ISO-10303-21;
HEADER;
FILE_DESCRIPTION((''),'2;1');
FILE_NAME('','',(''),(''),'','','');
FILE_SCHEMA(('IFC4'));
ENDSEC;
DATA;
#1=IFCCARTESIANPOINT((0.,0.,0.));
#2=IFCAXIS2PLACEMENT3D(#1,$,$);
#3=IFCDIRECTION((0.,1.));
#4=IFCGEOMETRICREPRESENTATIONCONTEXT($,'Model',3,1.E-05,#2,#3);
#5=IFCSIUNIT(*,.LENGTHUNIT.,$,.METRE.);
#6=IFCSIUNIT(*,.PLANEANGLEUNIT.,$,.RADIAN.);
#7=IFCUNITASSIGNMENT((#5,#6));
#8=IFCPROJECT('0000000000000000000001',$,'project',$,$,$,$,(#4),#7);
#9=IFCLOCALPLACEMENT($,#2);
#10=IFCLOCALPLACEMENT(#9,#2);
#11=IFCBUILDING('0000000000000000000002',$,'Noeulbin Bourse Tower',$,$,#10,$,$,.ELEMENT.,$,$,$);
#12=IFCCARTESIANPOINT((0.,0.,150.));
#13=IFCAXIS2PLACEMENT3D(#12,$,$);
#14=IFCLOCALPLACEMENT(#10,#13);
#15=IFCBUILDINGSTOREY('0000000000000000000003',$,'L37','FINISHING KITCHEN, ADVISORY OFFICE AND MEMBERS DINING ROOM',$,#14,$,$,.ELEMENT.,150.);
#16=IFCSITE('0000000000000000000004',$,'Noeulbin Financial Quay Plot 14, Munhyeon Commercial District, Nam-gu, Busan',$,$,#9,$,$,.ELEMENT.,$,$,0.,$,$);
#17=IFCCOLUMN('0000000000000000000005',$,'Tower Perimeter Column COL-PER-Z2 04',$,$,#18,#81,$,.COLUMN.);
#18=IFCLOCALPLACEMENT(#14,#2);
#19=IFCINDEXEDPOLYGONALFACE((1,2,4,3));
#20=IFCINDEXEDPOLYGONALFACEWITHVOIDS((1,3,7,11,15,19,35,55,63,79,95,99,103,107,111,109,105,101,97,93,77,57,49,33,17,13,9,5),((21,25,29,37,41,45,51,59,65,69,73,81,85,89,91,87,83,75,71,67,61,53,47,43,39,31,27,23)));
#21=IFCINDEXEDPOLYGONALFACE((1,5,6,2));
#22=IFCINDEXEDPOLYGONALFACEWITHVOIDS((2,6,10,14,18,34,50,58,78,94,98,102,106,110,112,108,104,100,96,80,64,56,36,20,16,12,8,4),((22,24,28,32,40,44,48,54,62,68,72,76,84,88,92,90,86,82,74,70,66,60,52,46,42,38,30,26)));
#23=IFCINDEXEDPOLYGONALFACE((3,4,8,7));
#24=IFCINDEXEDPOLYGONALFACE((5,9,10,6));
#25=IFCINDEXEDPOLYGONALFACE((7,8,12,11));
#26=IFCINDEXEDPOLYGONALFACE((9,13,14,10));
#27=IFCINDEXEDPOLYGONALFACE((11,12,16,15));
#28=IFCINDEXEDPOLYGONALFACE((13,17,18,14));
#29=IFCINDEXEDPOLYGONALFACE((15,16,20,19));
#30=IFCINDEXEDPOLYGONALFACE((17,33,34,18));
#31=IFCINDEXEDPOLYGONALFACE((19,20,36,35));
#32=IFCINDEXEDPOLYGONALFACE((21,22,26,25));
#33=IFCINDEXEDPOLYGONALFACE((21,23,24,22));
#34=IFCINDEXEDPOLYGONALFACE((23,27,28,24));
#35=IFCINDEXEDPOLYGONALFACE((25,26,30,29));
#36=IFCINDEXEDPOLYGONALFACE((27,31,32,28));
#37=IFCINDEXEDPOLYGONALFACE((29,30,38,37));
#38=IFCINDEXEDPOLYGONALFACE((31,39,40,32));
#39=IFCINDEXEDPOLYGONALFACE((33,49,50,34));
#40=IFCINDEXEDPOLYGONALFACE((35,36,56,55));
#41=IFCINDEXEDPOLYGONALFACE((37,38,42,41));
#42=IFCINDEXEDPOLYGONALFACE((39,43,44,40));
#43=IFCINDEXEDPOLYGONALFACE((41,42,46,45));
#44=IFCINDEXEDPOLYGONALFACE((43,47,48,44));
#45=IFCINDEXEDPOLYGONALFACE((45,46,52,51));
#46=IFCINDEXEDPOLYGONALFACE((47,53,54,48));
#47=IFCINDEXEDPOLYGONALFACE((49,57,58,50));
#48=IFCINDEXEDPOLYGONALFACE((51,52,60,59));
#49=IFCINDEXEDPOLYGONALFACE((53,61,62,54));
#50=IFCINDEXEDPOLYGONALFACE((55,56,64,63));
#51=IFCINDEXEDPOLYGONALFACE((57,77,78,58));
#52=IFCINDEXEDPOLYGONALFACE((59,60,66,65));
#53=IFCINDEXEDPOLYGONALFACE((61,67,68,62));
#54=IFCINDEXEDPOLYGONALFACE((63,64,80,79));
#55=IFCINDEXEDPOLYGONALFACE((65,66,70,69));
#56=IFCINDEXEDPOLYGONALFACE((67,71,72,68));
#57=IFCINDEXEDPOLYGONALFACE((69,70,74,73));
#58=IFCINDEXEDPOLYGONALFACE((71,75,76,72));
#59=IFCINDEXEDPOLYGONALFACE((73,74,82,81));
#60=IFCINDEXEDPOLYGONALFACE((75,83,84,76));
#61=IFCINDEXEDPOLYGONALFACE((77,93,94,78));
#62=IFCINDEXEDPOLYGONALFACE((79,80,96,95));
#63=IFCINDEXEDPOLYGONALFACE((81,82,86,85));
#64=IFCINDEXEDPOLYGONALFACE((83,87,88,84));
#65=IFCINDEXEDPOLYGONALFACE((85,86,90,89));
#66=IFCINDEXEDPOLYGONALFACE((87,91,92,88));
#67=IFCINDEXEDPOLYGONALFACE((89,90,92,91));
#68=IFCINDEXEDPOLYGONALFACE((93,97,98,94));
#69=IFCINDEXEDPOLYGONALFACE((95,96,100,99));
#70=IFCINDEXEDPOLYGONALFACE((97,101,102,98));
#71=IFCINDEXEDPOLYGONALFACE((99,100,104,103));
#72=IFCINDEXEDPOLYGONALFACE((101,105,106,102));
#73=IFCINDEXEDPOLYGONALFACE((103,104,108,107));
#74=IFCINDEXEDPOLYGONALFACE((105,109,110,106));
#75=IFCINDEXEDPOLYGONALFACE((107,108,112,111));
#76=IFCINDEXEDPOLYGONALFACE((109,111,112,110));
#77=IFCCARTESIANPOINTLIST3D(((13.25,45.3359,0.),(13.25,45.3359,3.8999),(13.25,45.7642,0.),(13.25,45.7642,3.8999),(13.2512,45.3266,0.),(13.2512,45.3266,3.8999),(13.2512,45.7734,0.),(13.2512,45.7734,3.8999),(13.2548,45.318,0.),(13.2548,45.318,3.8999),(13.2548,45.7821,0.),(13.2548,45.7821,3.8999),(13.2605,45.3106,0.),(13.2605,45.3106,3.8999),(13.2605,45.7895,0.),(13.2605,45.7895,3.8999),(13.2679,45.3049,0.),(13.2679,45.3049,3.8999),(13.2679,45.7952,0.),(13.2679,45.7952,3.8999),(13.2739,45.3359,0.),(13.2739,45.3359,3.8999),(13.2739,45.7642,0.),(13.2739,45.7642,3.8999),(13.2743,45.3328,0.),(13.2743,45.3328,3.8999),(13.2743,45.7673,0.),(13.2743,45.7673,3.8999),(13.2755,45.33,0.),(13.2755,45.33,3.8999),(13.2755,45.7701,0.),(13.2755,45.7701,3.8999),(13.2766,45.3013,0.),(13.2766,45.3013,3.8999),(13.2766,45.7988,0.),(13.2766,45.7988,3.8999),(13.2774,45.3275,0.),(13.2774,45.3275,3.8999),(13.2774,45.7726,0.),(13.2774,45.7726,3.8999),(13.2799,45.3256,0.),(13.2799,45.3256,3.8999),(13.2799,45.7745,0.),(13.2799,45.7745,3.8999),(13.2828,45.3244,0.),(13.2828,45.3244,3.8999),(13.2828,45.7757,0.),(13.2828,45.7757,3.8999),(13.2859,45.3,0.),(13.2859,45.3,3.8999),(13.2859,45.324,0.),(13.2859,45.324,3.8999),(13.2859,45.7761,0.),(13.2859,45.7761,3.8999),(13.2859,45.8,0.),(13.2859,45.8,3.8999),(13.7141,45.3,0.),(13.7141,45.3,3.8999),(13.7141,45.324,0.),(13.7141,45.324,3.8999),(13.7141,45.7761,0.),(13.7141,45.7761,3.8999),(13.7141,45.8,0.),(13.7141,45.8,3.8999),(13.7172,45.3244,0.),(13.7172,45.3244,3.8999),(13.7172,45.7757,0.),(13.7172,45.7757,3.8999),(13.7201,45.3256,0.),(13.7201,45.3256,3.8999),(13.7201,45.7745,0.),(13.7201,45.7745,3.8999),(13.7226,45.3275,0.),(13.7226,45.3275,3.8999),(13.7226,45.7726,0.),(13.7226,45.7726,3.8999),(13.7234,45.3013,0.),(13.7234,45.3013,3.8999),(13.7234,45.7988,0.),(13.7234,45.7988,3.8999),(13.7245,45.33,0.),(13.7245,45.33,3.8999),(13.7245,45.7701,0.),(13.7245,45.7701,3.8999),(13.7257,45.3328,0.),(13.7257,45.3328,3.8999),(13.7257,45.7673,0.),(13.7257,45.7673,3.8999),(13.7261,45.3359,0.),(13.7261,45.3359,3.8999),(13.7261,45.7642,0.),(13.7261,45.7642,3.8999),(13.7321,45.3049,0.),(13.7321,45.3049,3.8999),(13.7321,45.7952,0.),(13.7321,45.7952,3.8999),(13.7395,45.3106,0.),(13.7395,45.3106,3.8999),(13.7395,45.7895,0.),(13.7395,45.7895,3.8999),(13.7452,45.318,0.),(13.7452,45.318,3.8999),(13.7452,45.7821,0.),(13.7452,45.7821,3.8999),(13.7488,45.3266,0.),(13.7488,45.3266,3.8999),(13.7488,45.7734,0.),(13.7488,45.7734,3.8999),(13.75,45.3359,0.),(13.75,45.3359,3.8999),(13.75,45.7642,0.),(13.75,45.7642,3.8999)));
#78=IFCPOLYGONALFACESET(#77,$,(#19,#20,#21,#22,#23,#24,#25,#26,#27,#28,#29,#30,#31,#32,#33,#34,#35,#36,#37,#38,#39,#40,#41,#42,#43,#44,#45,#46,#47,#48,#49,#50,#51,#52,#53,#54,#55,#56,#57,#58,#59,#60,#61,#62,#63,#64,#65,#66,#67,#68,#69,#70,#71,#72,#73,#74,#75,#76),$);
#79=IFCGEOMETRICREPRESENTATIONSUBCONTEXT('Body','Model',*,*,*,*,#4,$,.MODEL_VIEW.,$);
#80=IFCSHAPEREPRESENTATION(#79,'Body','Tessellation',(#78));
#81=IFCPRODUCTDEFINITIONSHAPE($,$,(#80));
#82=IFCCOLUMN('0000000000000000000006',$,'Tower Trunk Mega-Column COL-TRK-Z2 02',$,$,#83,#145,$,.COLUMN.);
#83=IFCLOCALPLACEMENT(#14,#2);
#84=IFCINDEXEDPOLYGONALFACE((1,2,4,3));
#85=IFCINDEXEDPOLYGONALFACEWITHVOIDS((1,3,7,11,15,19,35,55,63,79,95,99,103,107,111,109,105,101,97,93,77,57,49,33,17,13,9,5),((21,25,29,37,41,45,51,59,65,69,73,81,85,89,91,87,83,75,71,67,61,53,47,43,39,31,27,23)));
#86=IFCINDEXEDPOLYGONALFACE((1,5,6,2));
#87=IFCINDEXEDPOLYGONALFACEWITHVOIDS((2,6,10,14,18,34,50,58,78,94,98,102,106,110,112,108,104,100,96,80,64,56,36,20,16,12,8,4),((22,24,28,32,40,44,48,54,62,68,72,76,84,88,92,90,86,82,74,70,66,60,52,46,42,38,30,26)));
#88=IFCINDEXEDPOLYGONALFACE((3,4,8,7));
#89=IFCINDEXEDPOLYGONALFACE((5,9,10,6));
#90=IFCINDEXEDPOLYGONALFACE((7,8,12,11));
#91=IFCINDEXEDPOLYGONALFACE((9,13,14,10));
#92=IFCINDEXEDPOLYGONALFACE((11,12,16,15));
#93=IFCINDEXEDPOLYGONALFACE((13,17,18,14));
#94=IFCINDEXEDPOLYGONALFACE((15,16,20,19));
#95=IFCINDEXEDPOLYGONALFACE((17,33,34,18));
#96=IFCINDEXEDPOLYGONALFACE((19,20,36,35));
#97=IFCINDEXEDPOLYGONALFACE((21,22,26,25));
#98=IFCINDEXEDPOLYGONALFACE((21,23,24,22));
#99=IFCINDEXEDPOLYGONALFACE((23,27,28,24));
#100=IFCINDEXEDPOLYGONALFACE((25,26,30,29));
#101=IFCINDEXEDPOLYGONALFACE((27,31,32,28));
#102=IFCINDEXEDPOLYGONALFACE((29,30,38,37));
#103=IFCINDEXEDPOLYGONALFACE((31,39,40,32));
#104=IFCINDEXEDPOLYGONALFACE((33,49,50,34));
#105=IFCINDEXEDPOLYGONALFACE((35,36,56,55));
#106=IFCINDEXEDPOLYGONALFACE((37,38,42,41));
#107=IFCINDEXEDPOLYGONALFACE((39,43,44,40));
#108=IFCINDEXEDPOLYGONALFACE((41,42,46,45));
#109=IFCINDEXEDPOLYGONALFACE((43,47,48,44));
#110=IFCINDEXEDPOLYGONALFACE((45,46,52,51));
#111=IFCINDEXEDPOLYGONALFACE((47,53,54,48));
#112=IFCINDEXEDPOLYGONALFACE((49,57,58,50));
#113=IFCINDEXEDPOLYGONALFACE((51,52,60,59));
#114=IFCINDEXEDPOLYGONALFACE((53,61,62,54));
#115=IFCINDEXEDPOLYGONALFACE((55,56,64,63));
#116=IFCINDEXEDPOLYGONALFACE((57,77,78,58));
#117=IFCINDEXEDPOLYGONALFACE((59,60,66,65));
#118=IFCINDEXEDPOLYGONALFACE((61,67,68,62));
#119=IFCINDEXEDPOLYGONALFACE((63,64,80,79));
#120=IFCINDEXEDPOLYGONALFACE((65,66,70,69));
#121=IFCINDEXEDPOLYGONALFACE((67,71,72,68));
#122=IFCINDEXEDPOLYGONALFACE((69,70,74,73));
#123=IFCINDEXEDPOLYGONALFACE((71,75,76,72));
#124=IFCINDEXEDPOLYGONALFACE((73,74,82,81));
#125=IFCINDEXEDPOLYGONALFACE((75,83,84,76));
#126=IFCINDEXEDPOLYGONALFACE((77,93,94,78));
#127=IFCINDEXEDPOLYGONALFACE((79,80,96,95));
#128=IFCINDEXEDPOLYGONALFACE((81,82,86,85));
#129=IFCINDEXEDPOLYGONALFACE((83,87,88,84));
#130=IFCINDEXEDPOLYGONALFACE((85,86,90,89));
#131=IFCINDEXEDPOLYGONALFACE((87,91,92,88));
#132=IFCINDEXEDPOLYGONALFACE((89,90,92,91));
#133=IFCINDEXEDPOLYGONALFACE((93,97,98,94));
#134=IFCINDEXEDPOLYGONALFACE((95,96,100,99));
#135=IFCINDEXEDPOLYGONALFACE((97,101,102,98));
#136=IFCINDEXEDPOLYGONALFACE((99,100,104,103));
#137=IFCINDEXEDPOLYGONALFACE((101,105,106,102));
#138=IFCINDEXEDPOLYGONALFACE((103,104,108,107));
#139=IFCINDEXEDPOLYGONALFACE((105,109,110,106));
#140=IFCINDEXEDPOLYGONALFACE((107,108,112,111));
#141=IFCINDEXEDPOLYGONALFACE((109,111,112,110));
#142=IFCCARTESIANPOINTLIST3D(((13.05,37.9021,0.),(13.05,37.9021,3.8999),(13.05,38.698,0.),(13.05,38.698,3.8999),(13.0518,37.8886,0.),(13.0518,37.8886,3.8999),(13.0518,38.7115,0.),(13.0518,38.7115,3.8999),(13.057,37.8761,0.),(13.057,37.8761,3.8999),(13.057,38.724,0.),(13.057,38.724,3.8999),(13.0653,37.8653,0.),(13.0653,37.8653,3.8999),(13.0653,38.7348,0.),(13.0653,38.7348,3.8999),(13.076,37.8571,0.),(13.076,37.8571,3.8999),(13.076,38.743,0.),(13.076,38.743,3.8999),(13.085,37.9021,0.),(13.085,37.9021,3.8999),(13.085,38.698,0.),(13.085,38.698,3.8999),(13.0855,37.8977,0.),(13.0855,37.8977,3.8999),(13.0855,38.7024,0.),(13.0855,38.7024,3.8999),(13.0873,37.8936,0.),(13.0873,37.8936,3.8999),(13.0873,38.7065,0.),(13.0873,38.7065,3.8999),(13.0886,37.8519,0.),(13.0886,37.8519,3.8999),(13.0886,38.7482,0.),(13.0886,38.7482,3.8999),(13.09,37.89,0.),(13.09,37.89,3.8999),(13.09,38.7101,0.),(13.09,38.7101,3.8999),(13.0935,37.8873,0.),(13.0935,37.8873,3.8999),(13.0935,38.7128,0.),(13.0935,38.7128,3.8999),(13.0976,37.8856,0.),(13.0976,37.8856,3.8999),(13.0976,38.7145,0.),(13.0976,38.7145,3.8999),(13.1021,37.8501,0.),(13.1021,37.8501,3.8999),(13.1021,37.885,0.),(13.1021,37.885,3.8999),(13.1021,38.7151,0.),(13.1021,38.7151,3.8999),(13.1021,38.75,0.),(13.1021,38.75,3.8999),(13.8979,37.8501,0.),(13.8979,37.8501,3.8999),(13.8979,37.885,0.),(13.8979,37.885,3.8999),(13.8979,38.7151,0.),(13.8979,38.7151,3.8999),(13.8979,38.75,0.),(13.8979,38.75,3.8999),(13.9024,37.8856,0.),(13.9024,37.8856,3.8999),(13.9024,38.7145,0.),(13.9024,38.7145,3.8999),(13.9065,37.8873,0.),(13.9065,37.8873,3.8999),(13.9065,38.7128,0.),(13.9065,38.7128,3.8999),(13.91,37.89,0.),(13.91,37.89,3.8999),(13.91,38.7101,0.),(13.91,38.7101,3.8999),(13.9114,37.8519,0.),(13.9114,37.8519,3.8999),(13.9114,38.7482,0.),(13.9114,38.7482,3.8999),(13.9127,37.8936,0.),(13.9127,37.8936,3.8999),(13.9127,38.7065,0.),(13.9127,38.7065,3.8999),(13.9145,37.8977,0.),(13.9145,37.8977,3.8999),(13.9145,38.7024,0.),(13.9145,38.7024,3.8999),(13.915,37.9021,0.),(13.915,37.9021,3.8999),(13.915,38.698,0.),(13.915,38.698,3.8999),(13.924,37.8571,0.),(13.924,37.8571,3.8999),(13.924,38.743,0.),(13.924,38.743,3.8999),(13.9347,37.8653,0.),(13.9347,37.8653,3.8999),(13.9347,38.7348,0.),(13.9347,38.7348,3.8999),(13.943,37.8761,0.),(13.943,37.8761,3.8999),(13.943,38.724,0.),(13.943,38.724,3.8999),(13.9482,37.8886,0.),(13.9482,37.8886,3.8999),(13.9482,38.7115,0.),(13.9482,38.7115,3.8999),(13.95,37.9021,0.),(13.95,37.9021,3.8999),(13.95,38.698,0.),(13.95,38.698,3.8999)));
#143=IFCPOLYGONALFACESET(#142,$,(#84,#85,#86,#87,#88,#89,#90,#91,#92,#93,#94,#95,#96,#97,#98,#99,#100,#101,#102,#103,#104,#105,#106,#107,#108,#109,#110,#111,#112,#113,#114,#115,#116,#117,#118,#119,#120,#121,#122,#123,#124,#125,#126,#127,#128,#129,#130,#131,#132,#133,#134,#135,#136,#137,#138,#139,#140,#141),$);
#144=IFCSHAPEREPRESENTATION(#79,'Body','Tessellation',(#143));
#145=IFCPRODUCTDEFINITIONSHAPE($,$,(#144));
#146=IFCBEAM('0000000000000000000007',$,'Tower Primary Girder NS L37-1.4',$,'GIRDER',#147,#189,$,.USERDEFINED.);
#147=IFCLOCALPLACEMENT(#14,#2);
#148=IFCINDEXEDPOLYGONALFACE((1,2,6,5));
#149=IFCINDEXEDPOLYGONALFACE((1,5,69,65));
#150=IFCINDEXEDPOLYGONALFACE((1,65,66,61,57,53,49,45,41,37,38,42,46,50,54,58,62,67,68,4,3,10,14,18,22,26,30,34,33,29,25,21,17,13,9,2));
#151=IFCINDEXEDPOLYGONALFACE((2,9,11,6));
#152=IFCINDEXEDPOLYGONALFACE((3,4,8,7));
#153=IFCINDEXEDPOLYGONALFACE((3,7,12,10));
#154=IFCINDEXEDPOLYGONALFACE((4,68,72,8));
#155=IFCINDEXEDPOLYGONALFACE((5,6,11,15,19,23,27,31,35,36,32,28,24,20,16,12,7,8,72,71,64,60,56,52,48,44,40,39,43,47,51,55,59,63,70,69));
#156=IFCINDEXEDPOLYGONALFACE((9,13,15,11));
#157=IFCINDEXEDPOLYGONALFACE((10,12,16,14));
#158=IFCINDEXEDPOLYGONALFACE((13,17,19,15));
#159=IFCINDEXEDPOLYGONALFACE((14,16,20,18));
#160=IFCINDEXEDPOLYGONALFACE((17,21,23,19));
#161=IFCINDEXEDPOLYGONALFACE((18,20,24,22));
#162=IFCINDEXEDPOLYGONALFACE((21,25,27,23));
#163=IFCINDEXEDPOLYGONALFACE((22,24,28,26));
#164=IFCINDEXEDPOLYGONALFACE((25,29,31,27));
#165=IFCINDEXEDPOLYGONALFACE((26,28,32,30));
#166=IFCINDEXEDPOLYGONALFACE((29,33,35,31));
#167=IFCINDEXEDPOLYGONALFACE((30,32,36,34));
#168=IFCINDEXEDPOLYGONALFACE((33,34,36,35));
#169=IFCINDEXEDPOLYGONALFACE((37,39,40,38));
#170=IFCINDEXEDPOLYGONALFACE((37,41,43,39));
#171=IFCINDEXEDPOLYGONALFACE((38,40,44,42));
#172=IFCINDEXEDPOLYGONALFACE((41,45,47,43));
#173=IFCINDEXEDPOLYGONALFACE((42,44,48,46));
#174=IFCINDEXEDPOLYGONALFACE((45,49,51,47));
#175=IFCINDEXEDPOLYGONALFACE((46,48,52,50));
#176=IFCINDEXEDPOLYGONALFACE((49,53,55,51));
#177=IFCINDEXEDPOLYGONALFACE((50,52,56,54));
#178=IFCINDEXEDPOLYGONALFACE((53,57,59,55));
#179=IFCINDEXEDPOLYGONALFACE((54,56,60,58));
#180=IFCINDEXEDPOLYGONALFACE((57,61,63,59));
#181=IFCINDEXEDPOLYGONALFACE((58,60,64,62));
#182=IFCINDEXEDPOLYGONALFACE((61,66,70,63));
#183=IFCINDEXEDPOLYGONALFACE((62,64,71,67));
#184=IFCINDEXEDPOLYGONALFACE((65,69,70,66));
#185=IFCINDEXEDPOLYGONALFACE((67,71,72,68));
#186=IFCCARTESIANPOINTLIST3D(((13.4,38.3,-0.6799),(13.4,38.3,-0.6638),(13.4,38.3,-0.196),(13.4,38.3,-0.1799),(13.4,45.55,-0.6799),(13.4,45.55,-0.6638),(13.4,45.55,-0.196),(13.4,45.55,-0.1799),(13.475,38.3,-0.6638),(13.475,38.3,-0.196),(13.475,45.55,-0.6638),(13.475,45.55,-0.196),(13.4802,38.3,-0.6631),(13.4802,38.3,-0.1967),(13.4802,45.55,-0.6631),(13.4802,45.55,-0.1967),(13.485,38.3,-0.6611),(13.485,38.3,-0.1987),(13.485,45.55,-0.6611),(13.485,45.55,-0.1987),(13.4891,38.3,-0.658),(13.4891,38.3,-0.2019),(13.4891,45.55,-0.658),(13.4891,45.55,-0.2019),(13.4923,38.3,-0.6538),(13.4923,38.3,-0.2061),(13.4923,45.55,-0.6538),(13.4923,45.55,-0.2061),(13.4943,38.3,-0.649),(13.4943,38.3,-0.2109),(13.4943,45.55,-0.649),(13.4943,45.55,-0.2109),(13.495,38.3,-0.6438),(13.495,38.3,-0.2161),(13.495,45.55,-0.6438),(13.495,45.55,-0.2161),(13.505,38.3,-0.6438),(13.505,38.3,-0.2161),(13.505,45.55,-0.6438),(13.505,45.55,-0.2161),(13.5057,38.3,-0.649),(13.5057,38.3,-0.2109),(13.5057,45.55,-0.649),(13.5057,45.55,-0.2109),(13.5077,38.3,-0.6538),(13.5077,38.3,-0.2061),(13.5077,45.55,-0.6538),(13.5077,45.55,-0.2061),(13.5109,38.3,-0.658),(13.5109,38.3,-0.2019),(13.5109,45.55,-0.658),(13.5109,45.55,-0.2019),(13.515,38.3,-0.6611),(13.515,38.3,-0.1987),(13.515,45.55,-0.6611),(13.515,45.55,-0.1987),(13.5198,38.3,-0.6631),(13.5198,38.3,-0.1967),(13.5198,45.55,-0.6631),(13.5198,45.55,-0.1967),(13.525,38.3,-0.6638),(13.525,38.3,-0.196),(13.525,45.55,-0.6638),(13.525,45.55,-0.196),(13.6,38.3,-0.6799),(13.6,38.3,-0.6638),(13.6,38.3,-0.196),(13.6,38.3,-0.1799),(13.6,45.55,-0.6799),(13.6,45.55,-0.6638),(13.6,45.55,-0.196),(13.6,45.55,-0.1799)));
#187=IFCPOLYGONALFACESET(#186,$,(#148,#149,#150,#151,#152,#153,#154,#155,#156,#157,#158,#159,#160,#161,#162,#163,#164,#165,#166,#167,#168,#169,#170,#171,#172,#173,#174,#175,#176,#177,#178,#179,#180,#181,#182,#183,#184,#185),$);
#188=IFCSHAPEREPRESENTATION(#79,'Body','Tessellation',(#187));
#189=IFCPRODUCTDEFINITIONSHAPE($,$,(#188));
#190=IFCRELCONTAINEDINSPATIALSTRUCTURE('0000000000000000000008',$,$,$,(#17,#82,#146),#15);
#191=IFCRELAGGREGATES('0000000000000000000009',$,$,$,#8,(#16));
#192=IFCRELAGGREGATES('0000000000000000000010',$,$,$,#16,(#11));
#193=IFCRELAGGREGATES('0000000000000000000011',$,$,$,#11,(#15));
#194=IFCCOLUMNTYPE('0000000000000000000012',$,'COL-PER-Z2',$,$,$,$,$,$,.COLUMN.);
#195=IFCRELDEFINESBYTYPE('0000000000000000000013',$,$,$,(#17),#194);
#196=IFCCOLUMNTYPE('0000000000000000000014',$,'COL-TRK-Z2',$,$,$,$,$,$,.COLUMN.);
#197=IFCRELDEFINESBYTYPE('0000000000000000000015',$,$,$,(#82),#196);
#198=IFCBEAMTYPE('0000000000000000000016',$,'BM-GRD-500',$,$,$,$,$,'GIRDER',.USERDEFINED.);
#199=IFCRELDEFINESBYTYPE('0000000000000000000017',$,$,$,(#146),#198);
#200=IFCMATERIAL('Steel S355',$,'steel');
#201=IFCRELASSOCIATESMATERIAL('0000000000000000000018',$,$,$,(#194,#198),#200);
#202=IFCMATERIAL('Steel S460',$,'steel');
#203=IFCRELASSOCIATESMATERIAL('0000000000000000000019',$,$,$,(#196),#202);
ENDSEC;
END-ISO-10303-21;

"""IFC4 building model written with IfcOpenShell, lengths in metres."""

from ifc_helpers import new_model, si_unit, direction, frame, origin, origin_2d, place, context, subcontext, project, spatial, hollow_rectangle, i_section, extrude, material, material_profile, profile_set, type_object, element, save


model = new_model("IFC4")

# Units and contexts
model_context = context("Model", 3, precision=1e-05, world=origin(), true_north=direction((0.0, 1.0)))
body_context = subcontext(model_context, "Body", "Model", "MODEL_VIEW")
ifc_project = project(units=[si_unit("LENGTHUNIT", "METRE"), si_unit("PLANEANGLEUNIT", "RADIAN")], contexts=[model_context])

# Site, building, storey
site_placement = place(None, origin())
site = spatial("IfcSite", under=ifc_project, at=site_placement, Name="Noeulbin Financial Quay Plot 14, Munhyeon Commercial District, Nam-gu, Busan", CompositionType="ELEMENT", RefElevation=0.0)
building_placement = place(site_placement, origin())
building = spatial("IfcBuilding", under=site, at=building_placement, Name="Noeulbin Bourse Tower", CompositionType="ELEMENT")
storey_placement = place(building_placement, frame((0.0, 0.0, 150.0)))
storey = spatial("IfcBuildingStorey", under=building, at=storey_placement, Name="L37", Description="FINISHING KITCHEN, ADVISORY OFFICE AND MEMBERS DINING ROOM", CompositionType="ELEMENT", Elevation=150.0)

# Columns
ifc_material_1 = material(Name="Steel S355", Category="steel")
ifc_material_profile_1 = material_profile(ifc_material_1, hollow_rectangle(XDim=0.5, YDim=0.5, WallThickness=0.0239, InnerFilletRadius=0.012, OuterFilletRadius=0.0359, at=origin_2d()), Name="BOX-500x500x24", Category="LoadBearing")
ifc_profile_set_1 = profile_set([ifc_material_profile_1], Name="Steel S355")
column_type_1 = type_object("IfcColumnType", Name="COL-PER-Z2", PredefinedType="COLUMN", material=ifc_profile_set_1)
column_1_placement = place(storey_placement, frame((13.5, 45.55, 0.0), z_axis=(0.0, 0.0, 1.0), x_axis=(1.0, 0.0, 0.0)))
element("IfcColumn", 1, at=column_1_placement, inside=storey, type_object=column_type_1, Name="Tower Perimeter Column COL-PER-Z2 04", PredefinedType="COLUMN", context=body_context, shape_type="SweptSolid", body=[
    extrude(hollow_rectangle(XDim=0.5, YDim=0.5, WallThickness=0.0239, InnerFilletRadius=0.012, OuterFilletRadius=0.0359, at=origin_2d()), origin(), (0.0, 0.0, 1.0), 3.8999),
])
ifc_material_2 = material(Name="Steel S460", Category="steel")
ifc_material_profile_2 = material_profile(ifc_material_2, hollow_rectangle(XDim=0.8999, YDim=0.8999, WallThickness=0.0349, InnerFilletRadius=0.0171, OuterFilletRadius=0.052, at=origin_2d()), Name="BOX-900x900x35", Category="LoadBearing")
ifc_profile_set_2 = profile_set([ifc_material_profile_2], Name="Steel S460")
column_type_2 = type_object("IfcColumnType", Name="COL-TRK-Z2", PredefinedType="COLUMN", material=ifc_profile_set_2)
column_2_placement = place(storey_placement, frame((13.5, 38.3, 0.0), z_axis=(0.0, 0.0, 1.0), x_axis=(1.0, 0.0, 0.0)))
element("IfcColumn", 2, at=column_2_placement, inside=storey, type_object=column_type_2, Name="Tower Trunk Mega-Column COL-TRK-Z2 02", PredefinedType="COLUMN", context=body_context, shape_type="SweptSolid", body=[
    extrude(hollow_rectangle(XDim=0.8999, YDim=0.8999, WallThickness=0.0349, InnerFilletRadius=0.0171, OuterFilletRadius=0.052, at=origin_2d()), origin(), (0.0, 0.0, 1.0), 3.8999),
])

# Beam
ifc_material_profile_3 = material_profile(ifc_material_1, i_section(OverallWidth=0.2, OverallDepth=0.5, WebThickness=0.01, FlangeThickness=0.0161, FilletRadius=0.02, at=origin_2d()), Name="H-500x200x10x16", Category="LoadBearing")
ifc_profile_set_3 = profile_set([ifc_material_profile_3], Name="Steel S355")
beam_type_1 = type_object("IfcBeamType", Name="BM-GRD-500", ElementType="GIRDER", PredefinedType="USERDEFINED", material=ifc_profile_set_3)
beam_1_placement = place(storey_placement, frame((13.5, 38.3, -0.4299), z_axis=(0.0, 1.0, 0.0), x_axis=(-1.0, 0.0, 0.0)))
element("IfcBeam", 3, at=beam_1_placement, inside=storey, type_object=beam_type_1, Name="Tower Primary Girder NS L37-1.4", ObjectType="GIRDER", PredefinedType="USERDEFINED", context=body_context, shape_type="SweptSolid", body=[
    extrude(i_section(OverallWidth=0.2, OverallDepth=0.5, WebThickness=0.01, FlangeThickness=0.0161, FilletRadius=0.02, at=origin_2d()), origin(), (0.0, 0.0, 1.0), 7.25),
])

save(model, "model.ifc")
